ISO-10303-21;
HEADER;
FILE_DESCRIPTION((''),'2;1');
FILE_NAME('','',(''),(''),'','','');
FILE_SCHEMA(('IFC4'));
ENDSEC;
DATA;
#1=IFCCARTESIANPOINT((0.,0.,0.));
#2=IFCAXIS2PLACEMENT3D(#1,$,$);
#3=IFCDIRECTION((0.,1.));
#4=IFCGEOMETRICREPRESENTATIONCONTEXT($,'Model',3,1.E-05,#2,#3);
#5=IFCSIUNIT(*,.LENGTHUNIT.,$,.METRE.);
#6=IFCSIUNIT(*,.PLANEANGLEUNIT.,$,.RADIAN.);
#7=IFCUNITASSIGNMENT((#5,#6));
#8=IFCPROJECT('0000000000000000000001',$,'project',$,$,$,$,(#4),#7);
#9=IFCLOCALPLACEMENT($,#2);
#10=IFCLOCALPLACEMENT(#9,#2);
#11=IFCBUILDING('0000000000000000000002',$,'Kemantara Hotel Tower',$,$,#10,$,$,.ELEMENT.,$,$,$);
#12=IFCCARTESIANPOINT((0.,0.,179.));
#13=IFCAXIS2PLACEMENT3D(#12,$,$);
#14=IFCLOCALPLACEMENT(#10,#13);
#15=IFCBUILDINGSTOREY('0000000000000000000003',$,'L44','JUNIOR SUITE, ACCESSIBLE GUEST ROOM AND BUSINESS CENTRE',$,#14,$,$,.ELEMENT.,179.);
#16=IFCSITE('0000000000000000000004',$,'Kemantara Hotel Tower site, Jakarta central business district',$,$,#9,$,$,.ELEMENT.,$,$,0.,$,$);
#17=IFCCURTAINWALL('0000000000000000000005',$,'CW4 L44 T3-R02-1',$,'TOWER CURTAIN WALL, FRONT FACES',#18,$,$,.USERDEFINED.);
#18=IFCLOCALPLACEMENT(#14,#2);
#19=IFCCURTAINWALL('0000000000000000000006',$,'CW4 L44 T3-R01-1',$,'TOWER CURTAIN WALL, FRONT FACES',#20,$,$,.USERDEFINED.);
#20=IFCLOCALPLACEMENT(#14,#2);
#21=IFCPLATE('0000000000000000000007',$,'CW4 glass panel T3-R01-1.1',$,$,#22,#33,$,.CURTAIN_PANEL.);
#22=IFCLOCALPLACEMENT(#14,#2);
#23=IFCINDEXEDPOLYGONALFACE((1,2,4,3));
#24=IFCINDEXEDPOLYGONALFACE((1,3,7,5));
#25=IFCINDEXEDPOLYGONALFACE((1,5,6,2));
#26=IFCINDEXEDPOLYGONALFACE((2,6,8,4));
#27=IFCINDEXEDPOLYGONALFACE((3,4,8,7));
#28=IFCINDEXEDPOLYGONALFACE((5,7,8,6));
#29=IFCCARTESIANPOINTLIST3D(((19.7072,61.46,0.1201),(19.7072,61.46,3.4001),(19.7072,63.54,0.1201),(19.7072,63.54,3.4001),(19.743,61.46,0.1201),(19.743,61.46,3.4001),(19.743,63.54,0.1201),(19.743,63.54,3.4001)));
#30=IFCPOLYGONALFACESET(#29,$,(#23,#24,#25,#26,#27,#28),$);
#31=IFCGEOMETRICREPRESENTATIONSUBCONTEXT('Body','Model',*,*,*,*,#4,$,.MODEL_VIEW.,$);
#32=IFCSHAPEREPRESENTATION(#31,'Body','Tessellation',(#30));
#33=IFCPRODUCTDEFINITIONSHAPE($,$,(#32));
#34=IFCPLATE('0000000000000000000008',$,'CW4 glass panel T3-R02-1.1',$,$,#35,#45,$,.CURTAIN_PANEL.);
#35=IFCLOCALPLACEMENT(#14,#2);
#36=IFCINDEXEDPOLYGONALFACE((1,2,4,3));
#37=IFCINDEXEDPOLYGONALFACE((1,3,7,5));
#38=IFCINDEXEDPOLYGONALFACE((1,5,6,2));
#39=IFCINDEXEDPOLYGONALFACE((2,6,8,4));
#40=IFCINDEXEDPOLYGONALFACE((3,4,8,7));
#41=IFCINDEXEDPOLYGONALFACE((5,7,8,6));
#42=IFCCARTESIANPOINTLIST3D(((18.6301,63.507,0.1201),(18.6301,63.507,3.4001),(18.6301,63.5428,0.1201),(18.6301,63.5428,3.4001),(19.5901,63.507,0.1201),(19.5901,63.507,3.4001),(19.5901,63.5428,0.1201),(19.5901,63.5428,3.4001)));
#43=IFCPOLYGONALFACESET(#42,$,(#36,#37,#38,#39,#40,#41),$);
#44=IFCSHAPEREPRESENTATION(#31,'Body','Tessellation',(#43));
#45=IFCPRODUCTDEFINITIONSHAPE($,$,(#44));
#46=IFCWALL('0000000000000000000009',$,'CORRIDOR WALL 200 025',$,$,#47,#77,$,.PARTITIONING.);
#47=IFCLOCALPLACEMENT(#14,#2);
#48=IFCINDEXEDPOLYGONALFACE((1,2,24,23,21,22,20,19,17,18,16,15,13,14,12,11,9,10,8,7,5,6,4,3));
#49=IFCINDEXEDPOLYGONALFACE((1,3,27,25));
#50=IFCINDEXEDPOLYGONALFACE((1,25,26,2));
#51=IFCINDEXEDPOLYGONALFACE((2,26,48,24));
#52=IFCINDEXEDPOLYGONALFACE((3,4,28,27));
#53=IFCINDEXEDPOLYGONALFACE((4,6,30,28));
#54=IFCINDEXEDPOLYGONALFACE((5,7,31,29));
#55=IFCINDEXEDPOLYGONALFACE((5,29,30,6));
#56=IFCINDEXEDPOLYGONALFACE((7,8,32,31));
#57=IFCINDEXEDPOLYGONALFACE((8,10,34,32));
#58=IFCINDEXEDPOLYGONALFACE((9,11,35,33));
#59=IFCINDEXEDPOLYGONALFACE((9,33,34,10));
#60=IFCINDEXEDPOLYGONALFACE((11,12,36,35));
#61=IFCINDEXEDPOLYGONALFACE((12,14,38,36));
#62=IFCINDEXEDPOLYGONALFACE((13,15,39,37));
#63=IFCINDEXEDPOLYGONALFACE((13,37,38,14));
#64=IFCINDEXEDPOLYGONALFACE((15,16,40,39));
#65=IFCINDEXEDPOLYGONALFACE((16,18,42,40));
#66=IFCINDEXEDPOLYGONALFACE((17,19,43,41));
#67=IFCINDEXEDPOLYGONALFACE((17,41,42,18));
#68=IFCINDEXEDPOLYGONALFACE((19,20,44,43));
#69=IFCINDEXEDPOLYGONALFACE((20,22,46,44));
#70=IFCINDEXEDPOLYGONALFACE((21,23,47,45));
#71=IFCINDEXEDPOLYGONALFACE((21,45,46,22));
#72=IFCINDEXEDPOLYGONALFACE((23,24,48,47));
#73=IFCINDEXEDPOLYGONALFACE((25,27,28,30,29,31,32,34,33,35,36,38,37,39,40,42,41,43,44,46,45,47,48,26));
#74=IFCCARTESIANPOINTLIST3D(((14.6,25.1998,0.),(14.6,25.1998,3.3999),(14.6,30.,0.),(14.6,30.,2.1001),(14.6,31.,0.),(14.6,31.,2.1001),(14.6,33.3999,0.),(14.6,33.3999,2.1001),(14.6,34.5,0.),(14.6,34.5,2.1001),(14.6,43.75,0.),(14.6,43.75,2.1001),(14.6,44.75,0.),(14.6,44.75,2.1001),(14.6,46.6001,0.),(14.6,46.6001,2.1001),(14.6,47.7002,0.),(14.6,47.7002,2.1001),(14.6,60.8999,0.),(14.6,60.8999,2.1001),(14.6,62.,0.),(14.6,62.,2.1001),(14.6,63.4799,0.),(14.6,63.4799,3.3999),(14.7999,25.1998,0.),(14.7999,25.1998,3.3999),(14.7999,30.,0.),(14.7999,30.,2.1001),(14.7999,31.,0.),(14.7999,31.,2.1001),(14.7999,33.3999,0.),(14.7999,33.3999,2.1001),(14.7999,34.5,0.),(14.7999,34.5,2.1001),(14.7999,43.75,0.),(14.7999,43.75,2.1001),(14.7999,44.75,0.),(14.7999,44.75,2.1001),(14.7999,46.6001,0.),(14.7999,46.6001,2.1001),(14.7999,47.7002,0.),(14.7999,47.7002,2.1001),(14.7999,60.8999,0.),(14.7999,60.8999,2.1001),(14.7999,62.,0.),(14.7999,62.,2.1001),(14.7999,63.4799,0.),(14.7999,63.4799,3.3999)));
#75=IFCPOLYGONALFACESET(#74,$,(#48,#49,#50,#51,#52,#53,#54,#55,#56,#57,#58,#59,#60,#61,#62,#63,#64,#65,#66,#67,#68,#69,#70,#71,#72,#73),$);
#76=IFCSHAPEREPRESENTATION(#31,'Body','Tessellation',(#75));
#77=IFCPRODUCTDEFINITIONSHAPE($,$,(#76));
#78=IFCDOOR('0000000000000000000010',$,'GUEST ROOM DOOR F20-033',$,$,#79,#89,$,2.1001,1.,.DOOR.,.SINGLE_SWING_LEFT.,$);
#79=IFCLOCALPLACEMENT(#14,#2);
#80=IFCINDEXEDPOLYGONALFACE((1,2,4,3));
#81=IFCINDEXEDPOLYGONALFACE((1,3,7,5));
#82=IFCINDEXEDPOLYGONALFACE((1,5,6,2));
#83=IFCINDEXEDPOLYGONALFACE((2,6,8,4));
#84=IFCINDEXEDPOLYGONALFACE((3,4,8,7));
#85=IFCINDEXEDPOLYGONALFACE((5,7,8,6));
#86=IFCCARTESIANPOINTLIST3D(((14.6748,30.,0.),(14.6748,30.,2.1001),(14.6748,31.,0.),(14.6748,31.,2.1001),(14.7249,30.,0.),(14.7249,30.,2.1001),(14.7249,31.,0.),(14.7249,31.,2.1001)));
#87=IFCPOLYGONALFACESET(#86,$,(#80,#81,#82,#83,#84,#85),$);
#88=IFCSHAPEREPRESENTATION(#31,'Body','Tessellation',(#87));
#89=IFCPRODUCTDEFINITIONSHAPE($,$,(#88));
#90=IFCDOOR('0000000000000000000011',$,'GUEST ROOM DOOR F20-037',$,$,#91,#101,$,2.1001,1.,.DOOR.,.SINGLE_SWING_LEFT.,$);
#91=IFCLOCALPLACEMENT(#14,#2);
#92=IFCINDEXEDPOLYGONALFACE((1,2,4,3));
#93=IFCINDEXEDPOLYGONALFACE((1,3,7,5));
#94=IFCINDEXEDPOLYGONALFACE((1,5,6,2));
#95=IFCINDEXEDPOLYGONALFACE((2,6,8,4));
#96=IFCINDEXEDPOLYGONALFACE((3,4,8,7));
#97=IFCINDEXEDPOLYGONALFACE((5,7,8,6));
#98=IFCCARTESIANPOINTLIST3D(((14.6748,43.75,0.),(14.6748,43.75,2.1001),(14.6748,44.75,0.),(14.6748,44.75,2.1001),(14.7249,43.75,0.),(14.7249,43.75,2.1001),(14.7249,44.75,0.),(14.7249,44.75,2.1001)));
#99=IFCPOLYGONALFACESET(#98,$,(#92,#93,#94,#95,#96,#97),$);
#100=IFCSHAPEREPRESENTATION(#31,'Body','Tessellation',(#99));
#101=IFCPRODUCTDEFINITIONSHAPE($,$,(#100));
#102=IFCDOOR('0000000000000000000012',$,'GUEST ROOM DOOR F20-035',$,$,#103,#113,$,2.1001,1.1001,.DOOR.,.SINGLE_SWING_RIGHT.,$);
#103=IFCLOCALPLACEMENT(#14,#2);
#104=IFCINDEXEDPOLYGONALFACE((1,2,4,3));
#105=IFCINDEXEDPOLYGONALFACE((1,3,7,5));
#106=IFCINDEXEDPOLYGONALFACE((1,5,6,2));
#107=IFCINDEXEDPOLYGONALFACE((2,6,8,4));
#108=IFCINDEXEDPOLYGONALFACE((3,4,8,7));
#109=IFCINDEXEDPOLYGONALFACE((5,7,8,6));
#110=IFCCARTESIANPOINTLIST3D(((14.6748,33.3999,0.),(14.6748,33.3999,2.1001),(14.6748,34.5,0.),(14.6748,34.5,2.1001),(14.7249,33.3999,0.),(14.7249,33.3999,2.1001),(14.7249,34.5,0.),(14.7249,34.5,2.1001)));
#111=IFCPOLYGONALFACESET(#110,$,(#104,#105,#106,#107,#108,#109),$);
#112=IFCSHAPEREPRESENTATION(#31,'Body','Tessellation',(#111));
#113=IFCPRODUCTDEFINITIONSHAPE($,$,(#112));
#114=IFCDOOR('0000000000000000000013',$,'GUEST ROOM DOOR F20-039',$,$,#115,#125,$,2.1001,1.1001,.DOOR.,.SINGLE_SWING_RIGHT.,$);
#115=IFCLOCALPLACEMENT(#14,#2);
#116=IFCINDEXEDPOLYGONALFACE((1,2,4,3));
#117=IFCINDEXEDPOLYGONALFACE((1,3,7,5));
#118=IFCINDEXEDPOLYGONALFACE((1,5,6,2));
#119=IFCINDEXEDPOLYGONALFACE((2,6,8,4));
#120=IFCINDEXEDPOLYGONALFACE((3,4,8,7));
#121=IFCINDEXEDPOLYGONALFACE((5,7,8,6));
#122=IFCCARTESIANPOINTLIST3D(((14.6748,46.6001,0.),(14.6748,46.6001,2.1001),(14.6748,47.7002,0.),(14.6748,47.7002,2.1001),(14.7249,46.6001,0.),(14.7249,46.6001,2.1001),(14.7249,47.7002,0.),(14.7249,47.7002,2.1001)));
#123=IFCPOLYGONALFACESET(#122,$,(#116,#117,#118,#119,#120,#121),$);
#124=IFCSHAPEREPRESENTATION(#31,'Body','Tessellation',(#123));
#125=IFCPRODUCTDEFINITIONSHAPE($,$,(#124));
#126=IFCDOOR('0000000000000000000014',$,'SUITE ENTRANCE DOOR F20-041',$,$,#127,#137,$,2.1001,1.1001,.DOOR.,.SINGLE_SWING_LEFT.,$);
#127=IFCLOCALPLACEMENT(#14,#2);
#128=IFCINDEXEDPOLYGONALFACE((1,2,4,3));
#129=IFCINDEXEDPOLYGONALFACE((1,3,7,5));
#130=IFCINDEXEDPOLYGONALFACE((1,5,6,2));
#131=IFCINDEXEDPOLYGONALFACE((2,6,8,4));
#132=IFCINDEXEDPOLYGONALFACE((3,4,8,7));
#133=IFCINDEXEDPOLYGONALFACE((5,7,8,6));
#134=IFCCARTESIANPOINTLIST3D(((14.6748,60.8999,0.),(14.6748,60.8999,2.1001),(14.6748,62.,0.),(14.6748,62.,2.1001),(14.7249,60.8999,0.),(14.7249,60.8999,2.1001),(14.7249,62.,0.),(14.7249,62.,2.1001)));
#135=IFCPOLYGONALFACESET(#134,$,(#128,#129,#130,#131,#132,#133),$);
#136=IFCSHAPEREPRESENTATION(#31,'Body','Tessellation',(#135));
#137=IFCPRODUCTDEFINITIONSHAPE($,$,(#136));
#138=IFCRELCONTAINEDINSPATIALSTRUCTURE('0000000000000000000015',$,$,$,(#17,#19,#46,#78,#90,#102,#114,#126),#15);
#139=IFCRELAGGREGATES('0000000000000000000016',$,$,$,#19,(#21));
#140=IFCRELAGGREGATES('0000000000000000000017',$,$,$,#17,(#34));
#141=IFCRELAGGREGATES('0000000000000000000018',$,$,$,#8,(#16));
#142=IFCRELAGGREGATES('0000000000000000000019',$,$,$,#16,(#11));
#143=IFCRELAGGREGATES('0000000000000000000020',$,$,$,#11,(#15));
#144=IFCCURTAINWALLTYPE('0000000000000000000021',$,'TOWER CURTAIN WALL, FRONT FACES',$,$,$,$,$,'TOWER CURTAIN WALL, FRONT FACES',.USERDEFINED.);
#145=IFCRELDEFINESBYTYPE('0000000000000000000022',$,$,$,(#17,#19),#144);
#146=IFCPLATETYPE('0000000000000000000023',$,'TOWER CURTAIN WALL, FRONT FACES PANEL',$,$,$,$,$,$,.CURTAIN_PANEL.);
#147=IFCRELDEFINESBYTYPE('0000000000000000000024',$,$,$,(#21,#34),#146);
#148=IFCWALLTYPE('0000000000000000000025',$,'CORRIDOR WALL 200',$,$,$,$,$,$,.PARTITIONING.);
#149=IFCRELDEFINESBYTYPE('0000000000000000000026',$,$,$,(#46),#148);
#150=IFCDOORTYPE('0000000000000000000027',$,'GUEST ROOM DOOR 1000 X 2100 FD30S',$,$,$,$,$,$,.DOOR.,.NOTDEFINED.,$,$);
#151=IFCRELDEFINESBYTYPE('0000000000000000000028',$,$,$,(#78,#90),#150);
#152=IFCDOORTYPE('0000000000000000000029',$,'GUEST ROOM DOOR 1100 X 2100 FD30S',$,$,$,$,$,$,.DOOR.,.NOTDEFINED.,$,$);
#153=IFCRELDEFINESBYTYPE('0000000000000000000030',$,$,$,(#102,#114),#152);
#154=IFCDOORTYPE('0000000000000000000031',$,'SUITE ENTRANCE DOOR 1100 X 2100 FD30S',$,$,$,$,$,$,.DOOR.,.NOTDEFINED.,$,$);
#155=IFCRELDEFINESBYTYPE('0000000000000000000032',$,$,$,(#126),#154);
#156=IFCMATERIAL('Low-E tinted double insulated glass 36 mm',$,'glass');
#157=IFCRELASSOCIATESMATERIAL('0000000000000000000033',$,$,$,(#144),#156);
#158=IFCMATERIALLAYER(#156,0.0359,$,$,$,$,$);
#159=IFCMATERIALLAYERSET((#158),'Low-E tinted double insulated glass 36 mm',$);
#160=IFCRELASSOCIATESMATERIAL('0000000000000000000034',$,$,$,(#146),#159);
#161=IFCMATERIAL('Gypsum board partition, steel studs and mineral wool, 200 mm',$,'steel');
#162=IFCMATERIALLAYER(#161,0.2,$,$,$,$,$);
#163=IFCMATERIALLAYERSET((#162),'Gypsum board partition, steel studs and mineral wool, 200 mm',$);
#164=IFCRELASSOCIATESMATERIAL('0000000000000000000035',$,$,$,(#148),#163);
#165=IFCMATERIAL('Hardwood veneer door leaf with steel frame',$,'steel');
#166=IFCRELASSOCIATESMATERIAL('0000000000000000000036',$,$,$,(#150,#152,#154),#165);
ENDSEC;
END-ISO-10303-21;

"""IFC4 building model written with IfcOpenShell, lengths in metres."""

from ifc_helpers import new_model, si_unit, direction, frame, frame_2d, origin, origin_2d, place, context, subcontext, project, spatial, rectangle, extrude, source, transform, mapped, material, layer, layer_set, type_object, element, fill, aggregate, save


model = new_model("IFC4")

# Units and contexts
model_context = context("Model", 3, precision=1e-05, world=origin(), true_north=direction((0.0, 1.0)))
body_context = subcontext(model_context, "Body", "Model", "MODEL_VIEW")
ifc_project = project(units=[si_unit("LENGTHUNIT", "METRE"), si_unit("PLANEANGLEUNIT", "RADIAN")], contexts=[model_context])

# Site, building, storey
site_placement = place(None, origin())
site = spatial("IfcSite", under=ifc_project, at=site_placement, Name="Kemantara Hotel Tower site, Jakarta central business district", CompositionType="ELEMENT", RefElevation=0.0)
building_placement = place(site_placement, origin())
building = spatial("IfcBuilding", under=site, at=building_placement, Name="Kemantara Hotel Tower", CompositionType="ELEMENT")
storey_placement = place(building_placement, frame((0.0, 0.0, 179.0)))
storey = spatial("IfcBuildingStorey", under=building, at=storey_placement, Name="L44", Description="JUNIOR SUITE, ACCESSIBLE GUEST ROOM AND BUSINESS CENTRE", CompositionType="ELEMENT", Elevation=179.0)

# Curtain walls
ifc_material_1 = material(Name="Low-E tinted double insulated glass 36 mm", Category="glass")
curtain_wall_type = type_object("IfcCurtainWallType", Name="TOWER CURTAIN WALL, FRONT FACES", ElementType="TOWER CURTAIN WALL, FRONT FACES", PredefinedType="USERDEFINED", material=ifc_material_1)
curtain_wall_1_placement = place(storey_placement, origin())
curtain_wall_1 = element("IfcCurtainWall", 1, at=curtain_wall_1_placement, inside=storey, type_object=curtain_wall_type, Name="CW4 L44 T3-R02-1", ObjectType="TOWER CURTAIN WALL, FRONT FACES", PredefinedType="USERDEFINED")
curtain_wall_2_placement = place(storey_placement, origin())
curtain_wall_2 = element("IfcCurtainWall", 2, at=curtain_wall_2_placement, inside=storey, type_object=curtain_wall_type, Name="CW4 L44 T3-R01-1", ObjectType="TOWER CURTAIN WALL, FRONT FACES", PredefinedType="USERDEFINED")

# Plates
ifc_layer_1 = layer(ifc_material_1, 0.0359)
ifc_layer_set_1 = layer_set([ifc_layer_1], Name="Low-E tinted double insulated glass 36 mm")
plate_type = type_object("IfcPlateType", Name="TOWER CURTAIN WALL, FRONT FACES PANEL", PredefinedType="CURTAIN_PANEL", material=ifc_layer_set_1)
shared_shape_1 = source(origin(), body_context, "Body", "SweptSolid", [
    extrude(rectangle(XDim=2.0801, YDim=0.0359, at=origin_2d()), origin(), (0.0, 0.0, 1.0), 3.28),
])
plate_1_placement = place(storey_placement, frame((19.7251, 62.5, 0.1201), z_axis=(0.0, 0.0, 1.0), x_axis=(0.0, 1.0, 0.0)))
plate_1 = element("IfcPlate", 3, at=plate_1_placement, type_object=plate_type, Name="CW4 glass panel T3-R01-1.1", PredefinedType="CURTAIN_PANEL", context=body_context, shape_type="MappedRepresentation", body=[
    mapped(shared_shape_1, transform((0.0, 0.0, 0.0))),
])
aggregate(curtain_wall_2, [plate_1])
shared_shape_2 = source(origin(), body_context, "Body", "SweptSolid", [
    extrude(rectangle(XDim=0.96, YDim=0.0359, at=origin_2d()), origin(), (0.0, 0.0, 1.0), 3.28),
])
plate_2_placement = place(storey_placement, frame((19.1101, 63.5249, 0.1201), z_axis=(0.0, 0.0, 1.0), x_axis=(-1.0, 0.0, 0.0)))
plate_2 = element("IfcPlate", 4, at=plate_2_placement, type_object=plate_type, Name="CW4 glass panel T3-R02-1.1", PredefinedType="CURTAIN_PANEL", context=body_context, shape_type="MappedRepresentation", body=[
    mapped(shared_shape_2, transform((0.0, 0.0, 0.0))),
])
aggregate(curtain_wall_1, [plate_2])

# Wall, openings, doors
ifc_material_2 = material(Name="Gypsum board partition, steel studs and mineral wool, 200 mm", Category="steel")
ifc_layer_2 = layer(ifc_material_2, 0.2)
ifc_layer_set_2 = layer_set([ifc_layer_2], Name="Gypsum board partition, steel studs and mineral wool, 200 mm")
wall_type = type_object("IfcWallType", Name="CORRIDOR WALL 200", PredefinedType="PARTITIONING", material=ifc_layer_set_2)
wall_placement = place(storey_placement, frame((14.7, 63.48, 0.0), z_axis=(0.0, 0.0, 1.0), x_axis=(0.0, -1.0, 0.0)))
wall = element("IfcWall", 5, at=wall_placement, inside=storey, type_object=wall_type, Name="CORRIDOR WALL 200 025", PredefinedType="PARTITIONING", context=body_context, shape_type="SweptSolid", body=[
    extrude(rectangle(XDim=38.28, YDim=0.2, at=frame_2d((19.1401, 0.0))), origin(), (0.0, 0.0, 1.0), 3.3999),
])
opening_1_placement = place(wall_placement, frame((32.48, 0.0, 0.0)))
opening_1 = element("IfcOpeningElement", 6, at=opening_1_placement, cuts=wall, PredefinedType="OPENING", context=body_context, shape_type="SweptSolid", body=[
    extrude(rectangle(XDim=1.0, YDim=2.1001, at=frame_2d((0.5, 1.05))), frame((0.0, 0.1099, 0.0), z_axis=(0.0, -1.0, 0.0), x_axis=(1.0, 0.0, 0.0)), (0.0, 0.0, 1.0), 0.22),
])
opening_2_placement = place(wall_placement, frame((28.98, 0.0, 0.0)))
opening_2 = element("IfcOpeningElement", 7, at=opening_2_placement, cuts=wall, PredefinedType="OPENING", context=body_context, shape_type="SweptSolid", body=[
    extrude(rectangle(XDim=1.1001, YDim=2.1001, at=frame_2d((0.55, 1.05))), frame((0.0, 0.1099, 0.0), z_axis=(0.0, -1.0, 0.0), x_axis=(1.0, 0.0, 0.0)), (0.0, 0.0, 1.0), 0.22),
])
opening_3_placement = place(wall_placement, frame((18.73, 0.0, 0.0)))
opening_3 = element("IfcOpeningElement", 8, at=opening_3_placement, cuts=wall, PredefinedType="OPENING", context=body_context, shape_type="SweptSolid", body=[
    extrude(rectangle(XDim=1.0, YDim=2.1001, at=frame_2d((0.5, 1.05))), frame((0.0, 0.1099, 0.0), z_axis=(0.0, -1.0, 0.0), x_axis=(1.0, 0.0, 0.0)), (0.0, 0.0, 1.0), 0.22),
])
opening_4_placement = place(wall_placement, frame((15.7798, 0.0, 0.0)))
opening_4 = element("IfcOpeningElement", 9, at=opening_4_placement, cuts=wall, PredefinedType="OPENING", context=body_context, shape_type="SweptSolid", body=[
    extrude(rectangle(XDim=1.1001, YDim=2.1001, at=frame_2d((0.55, 1.05))), frame((0.0, 0.1099, 0.0), z_axis=(0.0, -1.0, 0.0), x_axis=(1.0, 0.0, 0.0)), (0.0, 0.0, 1.0), 0.22),
])
opening_5_placement = place(wall_placement, frame((1.48, 0.0, 0.0)))
opening_5 = element("IfcOpeningElement", 10, at=opening_5_placement, cuts=wall, PredefinedType="OPENING", context=body_context, shape_type="SweptSolid", body=[
    extrude(rectangle(XDim=1.1001, YDim=2.1001, at=frame_2d((0.55, 1.05))), frame((0.0, 0.1099, 0.0), z_axis=(0.0, -1.0, 0.0), x_axis=(1.0, 0.0, 0.0)), (0.0, 0.0, 1.0), 0.22),
])
ifc_material_3 = material(Name="Hardwood veneer door leaf with steel frame", Category="steel")
door_type_1 = type_object("IfcDoorType", Name="GUEST ROOM DOOR 1000 X 2100 FD30S", OperationType="NOTDEFINED", PredefinedType="DOOR", material=ifc_material_3)
door_1_placement = place(opening_1_placement, origin())
door_1 = element("IfcDoor", 11, at=door_1_placement, inside=storey, type_object=door_type_1, Name="GUEST ROOM DOOR F20-033", OperationType="SINGLE_SWING_LEFT", OverallHeight=2.1001, OverallWidth=1.0, PredefinedType="DOOR", context=body_context, shape_type="SweptSolid", body=[
    extrude(rectangle(XDim=1.0, YDim=2.1001, at=frame_2d((0.5, 1.05))), frame((0.0, 0.0249, 0.0), z_axis=(0.0, -1.0, 0.0), x_axis=(1.0, 0.0, 0.0)), (0.0, 0.0, 1.0), 0.05),
])
fill(opening_1, door_1)
door_2_placement = place(opening_3_placement, origin())
door_2 = element("IfcDoor", 12, at=door_2_placement, inside=storey, type_object=door_type_1, Name="GUEST ROOM DOOR F20-037", OperationType="SINGLE_SWING_LEFT", OverallHeight=2.1001, OverallWidth=1.0, PredefinedType="DOOR", context=body_context, shape_type="SweptSolid", body=[
    extrude(rectangle(XDim=1.0, YDim=2.1001, at=frame_2d((0.5, 1.05))), frame((0.0, 0.0249, 0.0), z_axis=(0.0, -1.0, 0.0), x_axis=(1.0, 0.0, 0.0)), (0.0, 0.0, 1.0), 0.05),
])
fill(opening_3, door_2)
door_type_2 = type_object("IfcDoorType", Name="GUEST ROOM DOOR 1100 X 2100 FD30S", OperationType="NOTDEFINED", PredefinedType="DOOR", material=ifc_material_3)
door_3_placement = place(opening_2_placement, origin())
door_3 = element("IfcDoor", 13, at=door_3_placement, inside=storey, type_object=door_type_2, Name="GUEST ROOM DOOR F20-035", OperationType="SINGLE_SWING_RIGHT", OverallHeight=2.1001, OverallWidth=1.1001, PredefinedType="DOOR", context=body_context, shape_type="SweptSolid", body=[
    extrude(rectangle(XDim=1.1001, YDim=2.1001, at=frame_2d((0.55, 1.05))), frame((0.0, 0.0249, 0.0), z_axis=(0.0, -1.0, 0.0), x_axis=(1.0, 0.0, 0.0)), (0.0, 0.0, 1.0), 0.05),
])
fill(opening_2, door_3)
door_4_placement = place(opening_4_placement, origin())
door_4 = element("IfcDoor", 14, at=door_4_placement, inside=storey, type_object=door_type_2, Name="GUEST ROOM DOOR F20-039", OperationType="SINGLE_SWING_RIGHT", OverallHeight=2.1001, OverallWidth=1.1001, PredefinedType="DOOR", context=body_context, shape_type="SweptSolid", body=[
    extrude(rectangle(XDim=1.1001, YDim=2.1001, at=frame_2d((0.55, 1.05))), frame((0.0, 0.0249, 0.0), z_axis=(0.0, -1.0, 0.0), x_axis=(1.0, 0.0, 0.0)), (0.0, 0.0, 1.0), 0.05),
])
fill(opening_4, door_4)
door_type_3 = type_object("IfcDoorType", Name="SUITE ENTRANCE DOOR 1100 X 2100 FD30S", OperationType="NOTDEFINED", PredefinedType="DOOR", material=ifc_material_3)
door_5_placement = place(opening_5_placement, origin())
door_5 = element("IfcDoor", 15, at=door_5_placement, inside=storey, type_object=door_type_3, Name="SUITE ENTRANCE DOOR F20-041", OperationType="SINGLE_SWING_LEFT", OverallHeight=2.1001, OverallWidth=1.1001, PredefinedType="DOOR", context=body_context, shape_type="SweptSolid", body=[
    extrude(rectangle(XDim=1.1001, YDim=2.1001, at=frame_2d((0.55, 1.05))), frame((0.0, 0.0249, 0.0), z_axis=(0.0, -1.0, 0.0), x_axis=(1.0, 0.0, 0.0)), (0.0, 0.0, 1.0), 0.05),
])
fill(opening_5, door_5)

save(model, "model.ifc")
